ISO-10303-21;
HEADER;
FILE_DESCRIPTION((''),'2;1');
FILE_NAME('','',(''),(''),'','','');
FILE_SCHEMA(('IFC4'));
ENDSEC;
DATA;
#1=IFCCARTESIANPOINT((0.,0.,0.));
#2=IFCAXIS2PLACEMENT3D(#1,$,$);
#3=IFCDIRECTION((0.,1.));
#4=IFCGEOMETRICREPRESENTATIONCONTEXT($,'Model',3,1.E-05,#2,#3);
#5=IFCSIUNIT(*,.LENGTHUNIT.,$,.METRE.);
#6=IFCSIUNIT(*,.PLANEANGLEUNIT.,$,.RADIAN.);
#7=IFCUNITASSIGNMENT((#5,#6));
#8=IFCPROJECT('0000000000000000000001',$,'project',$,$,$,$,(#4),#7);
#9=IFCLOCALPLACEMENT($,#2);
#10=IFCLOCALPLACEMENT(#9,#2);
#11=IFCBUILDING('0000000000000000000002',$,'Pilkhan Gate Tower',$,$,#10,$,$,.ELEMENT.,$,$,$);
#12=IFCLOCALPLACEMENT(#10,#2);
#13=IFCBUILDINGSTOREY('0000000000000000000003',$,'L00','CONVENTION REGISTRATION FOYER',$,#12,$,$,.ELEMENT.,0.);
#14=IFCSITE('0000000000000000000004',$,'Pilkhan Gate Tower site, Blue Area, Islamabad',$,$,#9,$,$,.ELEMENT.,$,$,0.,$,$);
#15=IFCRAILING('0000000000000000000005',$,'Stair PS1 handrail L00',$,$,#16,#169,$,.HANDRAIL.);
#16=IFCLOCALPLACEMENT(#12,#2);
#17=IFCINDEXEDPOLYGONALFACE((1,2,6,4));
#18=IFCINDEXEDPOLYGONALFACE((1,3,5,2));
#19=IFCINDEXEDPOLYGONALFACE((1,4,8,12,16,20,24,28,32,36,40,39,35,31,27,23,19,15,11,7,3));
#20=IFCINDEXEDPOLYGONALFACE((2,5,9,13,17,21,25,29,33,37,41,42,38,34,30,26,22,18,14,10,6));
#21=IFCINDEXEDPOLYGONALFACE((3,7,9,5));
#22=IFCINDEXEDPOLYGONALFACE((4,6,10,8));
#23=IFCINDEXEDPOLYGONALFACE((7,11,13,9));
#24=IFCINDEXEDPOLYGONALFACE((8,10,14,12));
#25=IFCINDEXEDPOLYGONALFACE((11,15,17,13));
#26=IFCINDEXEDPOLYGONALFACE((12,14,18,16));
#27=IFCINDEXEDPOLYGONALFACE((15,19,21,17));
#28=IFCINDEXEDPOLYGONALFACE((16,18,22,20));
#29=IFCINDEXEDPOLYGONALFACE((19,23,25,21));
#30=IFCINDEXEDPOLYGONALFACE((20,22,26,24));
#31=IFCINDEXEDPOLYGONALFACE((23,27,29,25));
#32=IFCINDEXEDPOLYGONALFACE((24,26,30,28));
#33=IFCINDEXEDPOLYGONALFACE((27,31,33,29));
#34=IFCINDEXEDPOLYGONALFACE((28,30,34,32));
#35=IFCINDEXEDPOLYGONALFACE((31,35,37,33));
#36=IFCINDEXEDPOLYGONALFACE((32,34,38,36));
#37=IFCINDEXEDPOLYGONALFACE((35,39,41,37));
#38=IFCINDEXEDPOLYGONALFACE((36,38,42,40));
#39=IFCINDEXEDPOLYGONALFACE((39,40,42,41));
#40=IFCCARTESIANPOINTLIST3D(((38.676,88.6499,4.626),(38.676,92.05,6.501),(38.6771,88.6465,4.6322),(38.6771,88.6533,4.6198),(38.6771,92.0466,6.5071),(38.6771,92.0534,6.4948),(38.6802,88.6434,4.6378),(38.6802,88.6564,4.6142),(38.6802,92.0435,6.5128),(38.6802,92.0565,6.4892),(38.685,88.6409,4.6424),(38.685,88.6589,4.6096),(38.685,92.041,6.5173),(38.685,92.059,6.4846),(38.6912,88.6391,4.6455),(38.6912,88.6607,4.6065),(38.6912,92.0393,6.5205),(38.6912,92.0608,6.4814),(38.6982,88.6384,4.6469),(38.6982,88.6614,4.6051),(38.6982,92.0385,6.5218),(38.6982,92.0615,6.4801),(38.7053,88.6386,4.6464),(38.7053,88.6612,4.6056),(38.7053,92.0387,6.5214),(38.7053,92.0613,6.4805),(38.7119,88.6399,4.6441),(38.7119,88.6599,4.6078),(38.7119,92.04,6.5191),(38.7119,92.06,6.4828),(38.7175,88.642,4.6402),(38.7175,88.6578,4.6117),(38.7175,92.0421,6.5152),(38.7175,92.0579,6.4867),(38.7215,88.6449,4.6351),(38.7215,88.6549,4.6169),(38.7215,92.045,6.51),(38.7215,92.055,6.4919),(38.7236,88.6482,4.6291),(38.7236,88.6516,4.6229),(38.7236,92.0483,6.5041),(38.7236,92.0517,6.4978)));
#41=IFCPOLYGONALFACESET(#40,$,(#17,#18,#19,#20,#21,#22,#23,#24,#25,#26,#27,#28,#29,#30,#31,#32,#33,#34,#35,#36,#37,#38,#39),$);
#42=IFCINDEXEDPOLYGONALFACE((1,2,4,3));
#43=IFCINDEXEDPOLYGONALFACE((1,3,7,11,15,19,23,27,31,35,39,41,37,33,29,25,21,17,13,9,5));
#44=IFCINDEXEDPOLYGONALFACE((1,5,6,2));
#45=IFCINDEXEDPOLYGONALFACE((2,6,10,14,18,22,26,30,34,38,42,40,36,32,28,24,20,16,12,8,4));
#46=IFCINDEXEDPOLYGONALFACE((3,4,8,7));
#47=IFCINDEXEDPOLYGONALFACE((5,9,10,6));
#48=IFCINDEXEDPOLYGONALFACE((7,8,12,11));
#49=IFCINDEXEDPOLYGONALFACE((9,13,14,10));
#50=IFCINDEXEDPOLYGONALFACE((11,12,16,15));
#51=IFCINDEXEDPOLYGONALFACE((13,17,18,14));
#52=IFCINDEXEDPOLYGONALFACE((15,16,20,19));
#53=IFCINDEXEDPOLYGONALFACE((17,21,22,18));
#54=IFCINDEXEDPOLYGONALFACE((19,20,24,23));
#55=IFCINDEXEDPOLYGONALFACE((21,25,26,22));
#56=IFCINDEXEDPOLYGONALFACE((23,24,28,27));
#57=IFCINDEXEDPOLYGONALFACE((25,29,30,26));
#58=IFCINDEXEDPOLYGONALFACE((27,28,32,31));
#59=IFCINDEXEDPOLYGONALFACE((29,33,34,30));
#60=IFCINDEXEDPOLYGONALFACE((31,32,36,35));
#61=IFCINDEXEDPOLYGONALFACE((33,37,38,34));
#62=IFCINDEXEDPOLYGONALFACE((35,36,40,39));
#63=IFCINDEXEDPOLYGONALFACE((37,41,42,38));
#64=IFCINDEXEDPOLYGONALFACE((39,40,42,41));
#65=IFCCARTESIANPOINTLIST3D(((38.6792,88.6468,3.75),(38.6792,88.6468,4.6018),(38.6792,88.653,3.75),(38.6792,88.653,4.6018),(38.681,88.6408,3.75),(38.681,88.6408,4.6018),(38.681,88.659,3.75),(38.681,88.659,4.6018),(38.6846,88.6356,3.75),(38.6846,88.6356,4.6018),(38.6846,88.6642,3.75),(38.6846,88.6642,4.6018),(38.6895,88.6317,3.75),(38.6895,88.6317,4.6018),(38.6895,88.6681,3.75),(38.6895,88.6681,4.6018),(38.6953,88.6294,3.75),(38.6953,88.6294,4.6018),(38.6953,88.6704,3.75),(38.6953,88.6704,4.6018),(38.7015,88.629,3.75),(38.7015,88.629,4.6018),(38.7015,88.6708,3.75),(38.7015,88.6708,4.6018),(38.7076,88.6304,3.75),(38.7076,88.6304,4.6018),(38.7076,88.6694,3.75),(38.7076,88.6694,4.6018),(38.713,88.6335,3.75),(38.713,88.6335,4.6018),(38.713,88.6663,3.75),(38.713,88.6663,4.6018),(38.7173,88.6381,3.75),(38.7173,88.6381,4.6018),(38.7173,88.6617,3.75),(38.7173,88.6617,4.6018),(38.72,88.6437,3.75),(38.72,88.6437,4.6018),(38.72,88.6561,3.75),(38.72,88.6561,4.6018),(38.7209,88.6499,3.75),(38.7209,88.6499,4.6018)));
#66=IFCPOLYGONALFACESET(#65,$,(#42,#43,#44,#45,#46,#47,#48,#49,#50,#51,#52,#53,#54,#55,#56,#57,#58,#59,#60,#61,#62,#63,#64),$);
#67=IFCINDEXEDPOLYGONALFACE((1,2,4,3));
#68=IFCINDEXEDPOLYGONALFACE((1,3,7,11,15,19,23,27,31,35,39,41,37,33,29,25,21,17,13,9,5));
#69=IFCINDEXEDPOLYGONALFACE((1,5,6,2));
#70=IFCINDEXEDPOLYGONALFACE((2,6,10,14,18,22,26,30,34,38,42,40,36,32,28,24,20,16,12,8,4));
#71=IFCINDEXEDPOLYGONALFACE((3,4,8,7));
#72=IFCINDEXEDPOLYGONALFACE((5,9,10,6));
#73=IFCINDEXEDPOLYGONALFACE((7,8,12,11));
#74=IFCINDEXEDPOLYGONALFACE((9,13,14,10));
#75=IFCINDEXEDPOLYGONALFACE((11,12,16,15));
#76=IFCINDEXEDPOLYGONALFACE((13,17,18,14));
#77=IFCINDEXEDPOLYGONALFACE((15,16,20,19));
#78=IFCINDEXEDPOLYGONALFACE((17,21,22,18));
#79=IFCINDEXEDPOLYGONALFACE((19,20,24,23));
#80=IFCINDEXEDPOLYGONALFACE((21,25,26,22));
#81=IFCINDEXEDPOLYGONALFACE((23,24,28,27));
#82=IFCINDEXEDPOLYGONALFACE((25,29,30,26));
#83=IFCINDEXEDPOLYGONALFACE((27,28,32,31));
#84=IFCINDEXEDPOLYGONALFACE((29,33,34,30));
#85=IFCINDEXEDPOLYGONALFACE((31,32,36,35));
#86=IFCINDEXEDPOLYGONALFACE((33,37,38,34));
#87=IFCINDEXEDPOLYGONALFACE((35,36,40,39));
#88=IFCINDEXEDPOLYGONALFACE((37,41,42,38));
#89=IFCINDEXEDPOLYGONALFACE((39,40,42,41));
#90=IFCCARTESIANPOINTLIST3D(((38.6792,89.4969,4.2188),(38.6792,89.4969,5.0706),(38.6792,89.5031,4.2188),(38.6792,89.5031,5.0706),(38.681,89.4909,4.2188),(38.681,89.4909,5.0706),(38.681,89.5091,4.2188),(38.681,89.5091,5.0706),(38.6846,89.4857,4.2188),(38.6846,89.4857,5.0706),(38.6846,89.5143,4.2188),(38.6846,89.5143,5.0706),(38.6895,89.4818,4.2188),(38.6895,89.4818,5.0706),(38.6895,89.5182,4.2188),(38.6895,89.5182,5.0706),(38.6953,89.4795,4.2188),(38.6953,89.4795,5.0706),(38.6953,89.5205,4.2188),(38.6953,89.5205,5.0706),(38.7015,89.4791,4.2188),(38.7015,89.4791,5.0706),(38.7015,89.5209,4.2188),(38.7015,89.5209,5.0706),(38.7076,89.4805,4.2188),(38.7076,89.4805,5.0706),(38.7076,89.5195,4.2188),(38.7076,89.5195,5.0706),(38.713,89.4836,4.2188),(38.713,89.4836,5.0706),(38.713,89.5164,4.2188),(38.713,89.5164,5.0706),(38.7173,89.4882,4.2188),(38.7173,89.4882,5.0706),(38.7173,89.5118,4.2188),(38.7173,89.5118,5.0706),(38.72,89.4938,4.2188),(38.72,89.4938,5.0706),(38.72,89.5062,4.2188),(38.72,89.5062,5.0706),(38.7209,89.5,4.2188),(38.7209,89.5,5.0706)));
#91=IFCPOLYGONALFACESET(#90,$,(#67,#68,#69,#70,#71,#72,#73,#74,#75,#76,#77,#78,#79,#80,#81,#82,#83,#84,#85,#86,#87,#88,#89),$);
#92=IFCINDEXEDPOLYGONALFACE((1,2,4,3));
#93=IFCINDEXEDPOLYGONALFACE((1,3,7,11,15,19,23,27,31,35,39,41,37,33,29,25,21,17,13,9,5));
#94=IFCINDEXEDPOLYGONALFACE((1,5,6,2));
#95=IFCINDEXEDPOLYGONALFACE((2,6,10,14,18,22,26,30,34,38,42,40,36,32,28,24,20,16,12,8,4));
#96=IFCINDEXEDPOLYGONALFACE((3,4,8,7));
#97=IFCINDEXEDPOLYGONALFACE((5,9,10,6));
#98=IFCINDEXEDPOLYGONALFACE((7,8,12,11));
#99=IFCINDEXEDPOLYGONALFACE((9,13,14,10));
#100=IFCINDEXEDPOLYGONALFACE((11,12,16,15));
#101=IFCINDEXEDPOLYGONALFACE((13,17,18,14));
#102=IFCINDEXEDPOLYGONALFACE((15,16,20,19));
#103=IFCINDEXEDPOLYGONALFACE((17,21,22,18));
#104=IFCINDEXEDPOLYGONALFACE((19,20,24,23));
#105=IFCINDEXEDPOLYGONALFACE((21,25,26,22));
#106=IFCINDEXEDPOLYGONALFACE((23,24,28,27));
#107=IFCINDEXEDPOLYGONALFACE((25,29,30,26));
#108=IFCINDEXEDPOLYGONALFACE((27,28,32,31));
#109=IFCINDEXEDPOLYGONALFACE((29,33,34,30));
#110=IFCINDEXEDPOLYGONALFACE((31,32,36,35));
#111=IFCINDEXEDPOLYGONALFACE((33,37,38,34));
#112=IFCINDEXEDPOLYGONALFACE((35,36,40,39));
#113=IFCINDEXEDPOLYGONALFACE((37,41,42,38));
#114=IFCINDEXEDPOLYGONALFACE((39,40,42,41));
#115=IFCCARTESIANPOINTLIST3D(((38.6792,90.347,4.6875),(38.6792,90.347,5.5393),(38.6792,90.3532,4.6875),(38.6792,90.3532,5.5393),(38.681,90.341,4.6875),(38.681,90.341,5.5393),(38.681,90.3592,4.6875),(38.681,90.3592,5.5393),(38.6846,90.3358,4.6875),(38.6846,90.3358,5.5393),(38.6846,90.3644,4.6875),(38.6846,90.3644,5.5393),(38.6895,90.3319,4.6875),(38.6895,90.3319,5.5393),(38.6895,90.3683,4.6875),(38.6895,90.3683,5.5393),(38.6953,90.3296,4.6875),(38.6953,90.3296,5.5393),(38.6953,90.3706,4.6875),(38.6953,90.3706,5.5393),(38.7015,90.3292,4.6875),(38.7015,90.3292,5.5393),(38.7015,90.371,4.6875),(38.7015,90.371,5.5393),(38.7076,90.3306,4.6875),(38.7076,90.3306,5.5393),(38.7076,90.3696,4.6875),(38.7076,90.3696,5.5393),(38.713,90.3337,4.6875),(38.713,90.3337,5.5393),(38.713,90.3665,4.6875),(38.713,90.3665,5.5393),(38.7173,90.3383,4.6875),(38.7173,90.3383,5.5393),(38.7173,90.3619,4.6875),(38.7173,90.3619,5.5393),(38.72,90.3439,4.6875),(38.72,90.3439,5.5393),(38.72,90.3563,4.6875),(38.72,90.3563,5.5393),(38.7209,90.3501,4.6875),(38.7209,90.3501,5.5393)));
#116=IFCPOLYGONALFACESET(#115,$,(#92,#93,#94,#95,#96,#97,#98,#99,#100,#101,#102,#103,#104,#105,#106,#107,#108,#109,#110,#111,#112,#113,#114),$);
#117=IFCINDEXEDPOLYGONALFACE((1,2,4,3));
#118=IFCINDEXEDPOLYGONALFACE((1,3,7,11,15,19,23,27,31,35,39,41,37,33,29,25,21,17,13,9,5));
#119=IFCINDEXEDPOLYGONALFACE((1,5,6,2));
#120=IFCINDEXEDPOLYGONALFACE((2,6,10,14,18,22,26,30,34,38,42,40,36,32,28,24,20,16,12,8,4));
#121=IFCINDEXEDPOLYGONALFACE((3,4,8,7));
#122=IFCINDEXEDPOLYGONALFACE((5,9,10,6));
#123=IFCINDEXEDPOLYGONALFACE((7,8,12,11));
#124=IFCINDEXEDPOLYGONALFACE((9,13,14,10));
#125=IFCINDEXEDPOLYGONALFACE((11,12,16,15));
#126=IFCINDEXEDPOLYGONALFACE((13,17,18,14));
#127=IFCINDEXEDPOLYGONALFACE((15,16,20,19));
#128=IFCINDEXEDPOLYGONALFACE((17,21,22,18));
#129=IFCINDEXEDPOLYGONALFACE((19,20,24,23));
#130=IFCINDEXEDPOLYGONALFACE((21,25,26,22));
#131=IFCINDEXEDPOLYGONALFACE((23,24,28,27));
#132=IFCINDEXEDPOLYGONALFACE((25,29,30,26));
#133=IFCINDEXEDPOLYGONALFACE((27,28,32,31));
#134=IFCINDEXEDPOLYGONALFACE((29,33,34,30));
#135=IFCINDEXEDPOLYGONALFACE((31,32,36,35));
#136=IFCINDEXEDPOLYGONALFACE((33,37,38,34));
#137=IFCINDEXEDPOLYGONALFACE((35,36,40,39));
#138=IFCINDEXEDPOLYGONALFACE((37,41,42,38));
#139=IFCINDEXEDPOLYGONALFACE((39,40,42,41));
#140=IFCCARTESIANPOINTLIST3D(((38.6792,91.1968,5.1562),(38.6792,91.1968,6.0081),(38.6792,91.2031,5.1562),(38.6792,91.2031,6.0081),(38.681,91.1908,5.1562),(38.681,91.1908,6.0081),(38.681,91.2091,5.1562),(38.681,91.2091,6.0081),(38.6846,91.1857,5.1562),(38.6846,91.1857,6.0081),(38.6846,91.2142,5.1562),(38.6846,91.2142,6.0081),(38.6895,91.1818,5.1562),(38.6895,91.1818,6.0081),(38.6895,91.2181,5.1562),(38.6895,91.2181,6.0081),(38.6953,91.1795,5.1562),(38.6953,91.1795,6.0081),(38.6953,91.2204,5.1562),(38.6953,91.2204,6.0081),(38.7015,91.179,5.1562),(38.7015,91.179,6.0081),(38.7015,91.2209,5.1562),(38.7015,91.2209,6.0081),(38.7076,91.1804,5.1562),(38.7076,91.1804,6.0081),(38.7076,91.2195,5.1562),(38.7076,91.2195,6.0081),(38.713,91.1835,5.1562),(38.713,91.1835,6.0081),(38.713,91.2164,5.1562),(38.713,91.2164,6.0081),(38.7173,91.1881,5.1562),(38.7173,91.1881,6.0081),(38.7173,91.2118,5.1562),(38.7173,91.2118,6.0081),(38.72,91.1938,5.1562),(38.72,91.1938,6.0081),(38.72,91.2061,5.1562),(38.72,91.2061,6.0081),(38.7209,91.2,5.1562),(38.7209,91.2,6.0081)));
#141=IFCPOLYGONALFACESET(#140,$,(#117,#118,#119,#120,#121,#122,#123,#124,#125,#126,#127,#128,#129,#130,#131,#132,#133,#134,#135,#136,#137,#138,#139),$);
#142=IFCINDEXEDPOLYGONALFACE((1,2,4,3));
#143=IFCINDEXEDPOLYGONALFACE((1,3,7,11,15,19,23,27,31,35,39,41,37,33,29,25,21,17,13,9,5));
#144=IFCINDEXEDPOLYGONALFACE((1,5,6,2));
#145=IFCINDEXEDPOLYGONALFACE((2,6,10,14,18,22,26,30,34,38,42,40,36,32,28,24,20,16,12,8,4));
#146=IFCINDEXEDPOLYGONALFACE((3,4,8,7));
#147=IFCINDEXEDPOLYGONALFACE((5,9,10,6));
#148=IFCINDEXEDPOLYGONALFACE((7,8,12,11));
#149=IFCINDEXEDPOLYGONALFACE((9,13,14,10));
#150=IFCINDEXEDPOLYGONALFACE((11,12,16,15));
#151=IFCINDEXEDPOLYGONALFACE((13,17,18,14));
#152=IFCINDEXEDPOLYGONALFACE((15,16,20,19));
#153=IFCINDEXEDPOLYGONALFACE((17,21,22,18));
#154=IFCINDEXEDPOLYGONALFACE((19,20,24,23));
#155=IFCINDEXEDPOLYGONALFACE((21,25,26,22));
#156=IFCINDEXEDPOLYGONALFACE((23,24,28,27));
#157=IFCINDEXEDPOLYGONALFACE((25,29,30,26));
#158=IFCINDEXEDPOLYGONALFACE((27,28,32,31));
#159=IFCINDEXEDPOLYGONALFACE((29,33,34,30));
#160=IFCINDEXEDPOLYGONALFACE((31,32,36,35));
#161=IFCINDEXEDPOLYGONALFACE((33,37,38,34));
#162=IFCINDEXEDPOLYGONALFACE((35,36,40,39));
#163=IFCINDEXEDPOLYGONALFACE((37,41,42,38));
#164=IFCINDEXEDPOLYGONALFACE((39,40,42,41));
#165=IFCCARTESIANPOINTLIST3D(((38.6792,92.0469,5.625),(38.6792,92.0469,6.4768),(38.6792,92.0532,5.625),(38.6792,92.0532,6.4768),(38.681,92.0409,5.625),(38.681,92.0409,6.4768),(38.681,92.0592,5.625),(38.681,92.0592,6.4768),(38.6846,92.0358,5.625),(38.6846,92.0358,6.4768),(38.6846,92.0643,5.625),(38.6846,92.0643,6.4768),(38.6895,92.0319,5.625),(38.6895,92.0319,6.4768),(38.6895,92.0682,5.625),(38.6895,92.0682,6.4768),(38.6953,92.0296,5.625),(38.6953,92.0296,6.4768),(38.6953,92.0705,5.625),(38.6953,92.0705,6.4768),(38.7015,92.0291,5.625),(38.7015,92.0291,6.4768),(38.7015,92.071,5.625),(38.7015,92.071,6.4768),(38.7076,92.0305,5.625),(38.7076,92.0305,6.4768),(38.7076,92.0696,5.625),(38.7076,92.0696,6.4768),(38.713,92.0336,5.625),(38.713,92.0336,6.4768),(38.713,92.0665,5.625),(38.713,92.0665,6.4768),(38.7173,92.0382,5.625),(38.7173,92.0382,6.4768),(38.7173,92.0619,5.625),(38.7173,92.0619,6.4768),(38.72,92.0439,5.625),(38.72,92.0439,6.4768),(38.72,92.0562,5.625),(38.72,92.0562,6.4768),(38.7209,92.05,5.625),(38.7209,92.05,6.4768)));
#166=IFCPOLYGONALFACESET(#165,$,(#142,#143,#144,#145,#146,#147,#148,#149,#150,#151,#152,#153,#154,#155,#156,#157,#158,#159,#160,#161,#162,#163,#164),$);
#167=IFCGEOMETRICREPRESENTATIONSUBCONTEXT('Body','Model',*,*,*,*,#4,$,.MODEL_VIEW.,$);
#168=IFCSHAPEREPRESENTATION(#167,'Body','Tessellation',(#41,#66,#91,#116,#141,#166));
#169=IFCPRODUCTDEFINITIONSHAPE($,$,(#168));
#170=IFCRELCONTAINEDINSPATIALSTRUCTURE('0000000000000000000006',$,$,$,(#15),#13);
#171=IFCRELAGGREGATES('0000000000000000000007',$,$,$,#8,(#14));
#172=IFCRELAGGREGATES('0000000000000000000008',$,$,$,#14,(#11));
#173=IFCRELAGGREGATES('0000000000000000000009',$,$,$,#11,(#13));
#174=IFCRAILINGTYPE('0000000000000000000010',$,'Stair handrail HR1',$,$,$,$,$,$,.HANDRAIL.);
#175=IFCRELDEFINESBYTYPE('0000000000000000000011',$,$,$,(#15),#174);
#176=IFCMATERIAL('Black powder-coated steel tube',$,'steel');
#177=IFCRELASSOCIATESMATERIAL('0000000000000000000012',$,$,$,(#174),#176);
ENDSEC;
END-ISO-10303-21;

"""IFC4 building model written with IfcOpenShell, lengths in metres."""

from ifc_helpers import new_model, si_unit, direction, frame, origin, origin_2d, place, context, subcontext, project, spatial, circle, extrude, material, type_object, element, save


model = new_model("IFC4")

# Units and contexts
model_context = context("Model", 3, precision=1e-05, world=origin(), true_north=direction((0.0, 1.0)))
body_context = subcontext(model_context, "Body", "Model", "MODEL_VIEW")
ifc_project = project(units=[si_unit("LENGTHUNIT", "METRE"), si_unit("PLANEANGLEUNIT", "RADIAN")], contexts=[model_context])

# Site, building, storey
site_placement = place(None, origin())
site = spatial("IfcSite", under=ifc_project, at=site_placement, Name="Pilkhan Gate Tower site, Blue Area, Islamabad", CompositionType="ELEMENT", RefElevation=0.0)
building_placement = place(site_placement, origin())
building = spatial("IfcBuilding", under=site, at=building_placement, Name="Pilkhan Gate Tower", CompositionType="ELEMENT")
storey_placement = place(building_placement, origin())
storey = spatial("IfcBuildingStorey", under=building, at=storey_placement, Name="L00", Description="CONVENTION REGISTRATION FOYER", CompositionType="ELEMENT", Elevation=0.0)

# Railing
ifc_material_1 = material(Name="Black powder-coated steel tube", Category="steel")
railing_type_1 = type_object("IfcRailingType", Name="Stair handrail HR1", PredefinedType="HANDRAIL", material=ifc_material_1)
for number, where, name in (
    (1, (38.7, 88.6499, 3.75), "Stair PS1 handrail L00"),
):
    element("IfcRailing", number, at=place(storey_placement, frame(where)), inside=storey, type_object=railing_type_1, Name=name, PredefinedType="HANDRAIL", context=body_context, shape_type="SweptSolid", body=[
        extrude(circle(Radius=0.0239, at=origin_2d()), frame((0.0, 0.0, 0.876), z_axis=(0.0, 0.87568, 0.482891), x_axis=(-1.0, 0.0, 0.0)), (0.0, 0.0, 1.0), 3.8828),
        extrude(circle(Radius=0.021, at=origin_2d()), origin(), (0.0, 0.0, 1.0), 0.8518),
        extrude(circle(Radius=0.021, at=origin_2d()), frame((0.0, 0.8501, 0.4688)), (0.0, 0.0, 1.0), 0.8518),
        extrude(circle(Radius=0.021, at=origin_2d()), frame((0.0, 1.7002, 0.9375)), (0.0, 0.0, 1.0), 0.8518),
        extrude(circle(Radius=0.021, at=origin_2d()), frame((0.0, 2.55, 1.4062)), (0.0, 0.0, 1.0), 0.8518),
        extrude(circle(Radius=0.021, at=origin_2d()), frame((0.0, 3.4001, 1.875)), (0.0, 0.0, 1.0), 0.8518),
    ])

save(model, "model.ifc")
